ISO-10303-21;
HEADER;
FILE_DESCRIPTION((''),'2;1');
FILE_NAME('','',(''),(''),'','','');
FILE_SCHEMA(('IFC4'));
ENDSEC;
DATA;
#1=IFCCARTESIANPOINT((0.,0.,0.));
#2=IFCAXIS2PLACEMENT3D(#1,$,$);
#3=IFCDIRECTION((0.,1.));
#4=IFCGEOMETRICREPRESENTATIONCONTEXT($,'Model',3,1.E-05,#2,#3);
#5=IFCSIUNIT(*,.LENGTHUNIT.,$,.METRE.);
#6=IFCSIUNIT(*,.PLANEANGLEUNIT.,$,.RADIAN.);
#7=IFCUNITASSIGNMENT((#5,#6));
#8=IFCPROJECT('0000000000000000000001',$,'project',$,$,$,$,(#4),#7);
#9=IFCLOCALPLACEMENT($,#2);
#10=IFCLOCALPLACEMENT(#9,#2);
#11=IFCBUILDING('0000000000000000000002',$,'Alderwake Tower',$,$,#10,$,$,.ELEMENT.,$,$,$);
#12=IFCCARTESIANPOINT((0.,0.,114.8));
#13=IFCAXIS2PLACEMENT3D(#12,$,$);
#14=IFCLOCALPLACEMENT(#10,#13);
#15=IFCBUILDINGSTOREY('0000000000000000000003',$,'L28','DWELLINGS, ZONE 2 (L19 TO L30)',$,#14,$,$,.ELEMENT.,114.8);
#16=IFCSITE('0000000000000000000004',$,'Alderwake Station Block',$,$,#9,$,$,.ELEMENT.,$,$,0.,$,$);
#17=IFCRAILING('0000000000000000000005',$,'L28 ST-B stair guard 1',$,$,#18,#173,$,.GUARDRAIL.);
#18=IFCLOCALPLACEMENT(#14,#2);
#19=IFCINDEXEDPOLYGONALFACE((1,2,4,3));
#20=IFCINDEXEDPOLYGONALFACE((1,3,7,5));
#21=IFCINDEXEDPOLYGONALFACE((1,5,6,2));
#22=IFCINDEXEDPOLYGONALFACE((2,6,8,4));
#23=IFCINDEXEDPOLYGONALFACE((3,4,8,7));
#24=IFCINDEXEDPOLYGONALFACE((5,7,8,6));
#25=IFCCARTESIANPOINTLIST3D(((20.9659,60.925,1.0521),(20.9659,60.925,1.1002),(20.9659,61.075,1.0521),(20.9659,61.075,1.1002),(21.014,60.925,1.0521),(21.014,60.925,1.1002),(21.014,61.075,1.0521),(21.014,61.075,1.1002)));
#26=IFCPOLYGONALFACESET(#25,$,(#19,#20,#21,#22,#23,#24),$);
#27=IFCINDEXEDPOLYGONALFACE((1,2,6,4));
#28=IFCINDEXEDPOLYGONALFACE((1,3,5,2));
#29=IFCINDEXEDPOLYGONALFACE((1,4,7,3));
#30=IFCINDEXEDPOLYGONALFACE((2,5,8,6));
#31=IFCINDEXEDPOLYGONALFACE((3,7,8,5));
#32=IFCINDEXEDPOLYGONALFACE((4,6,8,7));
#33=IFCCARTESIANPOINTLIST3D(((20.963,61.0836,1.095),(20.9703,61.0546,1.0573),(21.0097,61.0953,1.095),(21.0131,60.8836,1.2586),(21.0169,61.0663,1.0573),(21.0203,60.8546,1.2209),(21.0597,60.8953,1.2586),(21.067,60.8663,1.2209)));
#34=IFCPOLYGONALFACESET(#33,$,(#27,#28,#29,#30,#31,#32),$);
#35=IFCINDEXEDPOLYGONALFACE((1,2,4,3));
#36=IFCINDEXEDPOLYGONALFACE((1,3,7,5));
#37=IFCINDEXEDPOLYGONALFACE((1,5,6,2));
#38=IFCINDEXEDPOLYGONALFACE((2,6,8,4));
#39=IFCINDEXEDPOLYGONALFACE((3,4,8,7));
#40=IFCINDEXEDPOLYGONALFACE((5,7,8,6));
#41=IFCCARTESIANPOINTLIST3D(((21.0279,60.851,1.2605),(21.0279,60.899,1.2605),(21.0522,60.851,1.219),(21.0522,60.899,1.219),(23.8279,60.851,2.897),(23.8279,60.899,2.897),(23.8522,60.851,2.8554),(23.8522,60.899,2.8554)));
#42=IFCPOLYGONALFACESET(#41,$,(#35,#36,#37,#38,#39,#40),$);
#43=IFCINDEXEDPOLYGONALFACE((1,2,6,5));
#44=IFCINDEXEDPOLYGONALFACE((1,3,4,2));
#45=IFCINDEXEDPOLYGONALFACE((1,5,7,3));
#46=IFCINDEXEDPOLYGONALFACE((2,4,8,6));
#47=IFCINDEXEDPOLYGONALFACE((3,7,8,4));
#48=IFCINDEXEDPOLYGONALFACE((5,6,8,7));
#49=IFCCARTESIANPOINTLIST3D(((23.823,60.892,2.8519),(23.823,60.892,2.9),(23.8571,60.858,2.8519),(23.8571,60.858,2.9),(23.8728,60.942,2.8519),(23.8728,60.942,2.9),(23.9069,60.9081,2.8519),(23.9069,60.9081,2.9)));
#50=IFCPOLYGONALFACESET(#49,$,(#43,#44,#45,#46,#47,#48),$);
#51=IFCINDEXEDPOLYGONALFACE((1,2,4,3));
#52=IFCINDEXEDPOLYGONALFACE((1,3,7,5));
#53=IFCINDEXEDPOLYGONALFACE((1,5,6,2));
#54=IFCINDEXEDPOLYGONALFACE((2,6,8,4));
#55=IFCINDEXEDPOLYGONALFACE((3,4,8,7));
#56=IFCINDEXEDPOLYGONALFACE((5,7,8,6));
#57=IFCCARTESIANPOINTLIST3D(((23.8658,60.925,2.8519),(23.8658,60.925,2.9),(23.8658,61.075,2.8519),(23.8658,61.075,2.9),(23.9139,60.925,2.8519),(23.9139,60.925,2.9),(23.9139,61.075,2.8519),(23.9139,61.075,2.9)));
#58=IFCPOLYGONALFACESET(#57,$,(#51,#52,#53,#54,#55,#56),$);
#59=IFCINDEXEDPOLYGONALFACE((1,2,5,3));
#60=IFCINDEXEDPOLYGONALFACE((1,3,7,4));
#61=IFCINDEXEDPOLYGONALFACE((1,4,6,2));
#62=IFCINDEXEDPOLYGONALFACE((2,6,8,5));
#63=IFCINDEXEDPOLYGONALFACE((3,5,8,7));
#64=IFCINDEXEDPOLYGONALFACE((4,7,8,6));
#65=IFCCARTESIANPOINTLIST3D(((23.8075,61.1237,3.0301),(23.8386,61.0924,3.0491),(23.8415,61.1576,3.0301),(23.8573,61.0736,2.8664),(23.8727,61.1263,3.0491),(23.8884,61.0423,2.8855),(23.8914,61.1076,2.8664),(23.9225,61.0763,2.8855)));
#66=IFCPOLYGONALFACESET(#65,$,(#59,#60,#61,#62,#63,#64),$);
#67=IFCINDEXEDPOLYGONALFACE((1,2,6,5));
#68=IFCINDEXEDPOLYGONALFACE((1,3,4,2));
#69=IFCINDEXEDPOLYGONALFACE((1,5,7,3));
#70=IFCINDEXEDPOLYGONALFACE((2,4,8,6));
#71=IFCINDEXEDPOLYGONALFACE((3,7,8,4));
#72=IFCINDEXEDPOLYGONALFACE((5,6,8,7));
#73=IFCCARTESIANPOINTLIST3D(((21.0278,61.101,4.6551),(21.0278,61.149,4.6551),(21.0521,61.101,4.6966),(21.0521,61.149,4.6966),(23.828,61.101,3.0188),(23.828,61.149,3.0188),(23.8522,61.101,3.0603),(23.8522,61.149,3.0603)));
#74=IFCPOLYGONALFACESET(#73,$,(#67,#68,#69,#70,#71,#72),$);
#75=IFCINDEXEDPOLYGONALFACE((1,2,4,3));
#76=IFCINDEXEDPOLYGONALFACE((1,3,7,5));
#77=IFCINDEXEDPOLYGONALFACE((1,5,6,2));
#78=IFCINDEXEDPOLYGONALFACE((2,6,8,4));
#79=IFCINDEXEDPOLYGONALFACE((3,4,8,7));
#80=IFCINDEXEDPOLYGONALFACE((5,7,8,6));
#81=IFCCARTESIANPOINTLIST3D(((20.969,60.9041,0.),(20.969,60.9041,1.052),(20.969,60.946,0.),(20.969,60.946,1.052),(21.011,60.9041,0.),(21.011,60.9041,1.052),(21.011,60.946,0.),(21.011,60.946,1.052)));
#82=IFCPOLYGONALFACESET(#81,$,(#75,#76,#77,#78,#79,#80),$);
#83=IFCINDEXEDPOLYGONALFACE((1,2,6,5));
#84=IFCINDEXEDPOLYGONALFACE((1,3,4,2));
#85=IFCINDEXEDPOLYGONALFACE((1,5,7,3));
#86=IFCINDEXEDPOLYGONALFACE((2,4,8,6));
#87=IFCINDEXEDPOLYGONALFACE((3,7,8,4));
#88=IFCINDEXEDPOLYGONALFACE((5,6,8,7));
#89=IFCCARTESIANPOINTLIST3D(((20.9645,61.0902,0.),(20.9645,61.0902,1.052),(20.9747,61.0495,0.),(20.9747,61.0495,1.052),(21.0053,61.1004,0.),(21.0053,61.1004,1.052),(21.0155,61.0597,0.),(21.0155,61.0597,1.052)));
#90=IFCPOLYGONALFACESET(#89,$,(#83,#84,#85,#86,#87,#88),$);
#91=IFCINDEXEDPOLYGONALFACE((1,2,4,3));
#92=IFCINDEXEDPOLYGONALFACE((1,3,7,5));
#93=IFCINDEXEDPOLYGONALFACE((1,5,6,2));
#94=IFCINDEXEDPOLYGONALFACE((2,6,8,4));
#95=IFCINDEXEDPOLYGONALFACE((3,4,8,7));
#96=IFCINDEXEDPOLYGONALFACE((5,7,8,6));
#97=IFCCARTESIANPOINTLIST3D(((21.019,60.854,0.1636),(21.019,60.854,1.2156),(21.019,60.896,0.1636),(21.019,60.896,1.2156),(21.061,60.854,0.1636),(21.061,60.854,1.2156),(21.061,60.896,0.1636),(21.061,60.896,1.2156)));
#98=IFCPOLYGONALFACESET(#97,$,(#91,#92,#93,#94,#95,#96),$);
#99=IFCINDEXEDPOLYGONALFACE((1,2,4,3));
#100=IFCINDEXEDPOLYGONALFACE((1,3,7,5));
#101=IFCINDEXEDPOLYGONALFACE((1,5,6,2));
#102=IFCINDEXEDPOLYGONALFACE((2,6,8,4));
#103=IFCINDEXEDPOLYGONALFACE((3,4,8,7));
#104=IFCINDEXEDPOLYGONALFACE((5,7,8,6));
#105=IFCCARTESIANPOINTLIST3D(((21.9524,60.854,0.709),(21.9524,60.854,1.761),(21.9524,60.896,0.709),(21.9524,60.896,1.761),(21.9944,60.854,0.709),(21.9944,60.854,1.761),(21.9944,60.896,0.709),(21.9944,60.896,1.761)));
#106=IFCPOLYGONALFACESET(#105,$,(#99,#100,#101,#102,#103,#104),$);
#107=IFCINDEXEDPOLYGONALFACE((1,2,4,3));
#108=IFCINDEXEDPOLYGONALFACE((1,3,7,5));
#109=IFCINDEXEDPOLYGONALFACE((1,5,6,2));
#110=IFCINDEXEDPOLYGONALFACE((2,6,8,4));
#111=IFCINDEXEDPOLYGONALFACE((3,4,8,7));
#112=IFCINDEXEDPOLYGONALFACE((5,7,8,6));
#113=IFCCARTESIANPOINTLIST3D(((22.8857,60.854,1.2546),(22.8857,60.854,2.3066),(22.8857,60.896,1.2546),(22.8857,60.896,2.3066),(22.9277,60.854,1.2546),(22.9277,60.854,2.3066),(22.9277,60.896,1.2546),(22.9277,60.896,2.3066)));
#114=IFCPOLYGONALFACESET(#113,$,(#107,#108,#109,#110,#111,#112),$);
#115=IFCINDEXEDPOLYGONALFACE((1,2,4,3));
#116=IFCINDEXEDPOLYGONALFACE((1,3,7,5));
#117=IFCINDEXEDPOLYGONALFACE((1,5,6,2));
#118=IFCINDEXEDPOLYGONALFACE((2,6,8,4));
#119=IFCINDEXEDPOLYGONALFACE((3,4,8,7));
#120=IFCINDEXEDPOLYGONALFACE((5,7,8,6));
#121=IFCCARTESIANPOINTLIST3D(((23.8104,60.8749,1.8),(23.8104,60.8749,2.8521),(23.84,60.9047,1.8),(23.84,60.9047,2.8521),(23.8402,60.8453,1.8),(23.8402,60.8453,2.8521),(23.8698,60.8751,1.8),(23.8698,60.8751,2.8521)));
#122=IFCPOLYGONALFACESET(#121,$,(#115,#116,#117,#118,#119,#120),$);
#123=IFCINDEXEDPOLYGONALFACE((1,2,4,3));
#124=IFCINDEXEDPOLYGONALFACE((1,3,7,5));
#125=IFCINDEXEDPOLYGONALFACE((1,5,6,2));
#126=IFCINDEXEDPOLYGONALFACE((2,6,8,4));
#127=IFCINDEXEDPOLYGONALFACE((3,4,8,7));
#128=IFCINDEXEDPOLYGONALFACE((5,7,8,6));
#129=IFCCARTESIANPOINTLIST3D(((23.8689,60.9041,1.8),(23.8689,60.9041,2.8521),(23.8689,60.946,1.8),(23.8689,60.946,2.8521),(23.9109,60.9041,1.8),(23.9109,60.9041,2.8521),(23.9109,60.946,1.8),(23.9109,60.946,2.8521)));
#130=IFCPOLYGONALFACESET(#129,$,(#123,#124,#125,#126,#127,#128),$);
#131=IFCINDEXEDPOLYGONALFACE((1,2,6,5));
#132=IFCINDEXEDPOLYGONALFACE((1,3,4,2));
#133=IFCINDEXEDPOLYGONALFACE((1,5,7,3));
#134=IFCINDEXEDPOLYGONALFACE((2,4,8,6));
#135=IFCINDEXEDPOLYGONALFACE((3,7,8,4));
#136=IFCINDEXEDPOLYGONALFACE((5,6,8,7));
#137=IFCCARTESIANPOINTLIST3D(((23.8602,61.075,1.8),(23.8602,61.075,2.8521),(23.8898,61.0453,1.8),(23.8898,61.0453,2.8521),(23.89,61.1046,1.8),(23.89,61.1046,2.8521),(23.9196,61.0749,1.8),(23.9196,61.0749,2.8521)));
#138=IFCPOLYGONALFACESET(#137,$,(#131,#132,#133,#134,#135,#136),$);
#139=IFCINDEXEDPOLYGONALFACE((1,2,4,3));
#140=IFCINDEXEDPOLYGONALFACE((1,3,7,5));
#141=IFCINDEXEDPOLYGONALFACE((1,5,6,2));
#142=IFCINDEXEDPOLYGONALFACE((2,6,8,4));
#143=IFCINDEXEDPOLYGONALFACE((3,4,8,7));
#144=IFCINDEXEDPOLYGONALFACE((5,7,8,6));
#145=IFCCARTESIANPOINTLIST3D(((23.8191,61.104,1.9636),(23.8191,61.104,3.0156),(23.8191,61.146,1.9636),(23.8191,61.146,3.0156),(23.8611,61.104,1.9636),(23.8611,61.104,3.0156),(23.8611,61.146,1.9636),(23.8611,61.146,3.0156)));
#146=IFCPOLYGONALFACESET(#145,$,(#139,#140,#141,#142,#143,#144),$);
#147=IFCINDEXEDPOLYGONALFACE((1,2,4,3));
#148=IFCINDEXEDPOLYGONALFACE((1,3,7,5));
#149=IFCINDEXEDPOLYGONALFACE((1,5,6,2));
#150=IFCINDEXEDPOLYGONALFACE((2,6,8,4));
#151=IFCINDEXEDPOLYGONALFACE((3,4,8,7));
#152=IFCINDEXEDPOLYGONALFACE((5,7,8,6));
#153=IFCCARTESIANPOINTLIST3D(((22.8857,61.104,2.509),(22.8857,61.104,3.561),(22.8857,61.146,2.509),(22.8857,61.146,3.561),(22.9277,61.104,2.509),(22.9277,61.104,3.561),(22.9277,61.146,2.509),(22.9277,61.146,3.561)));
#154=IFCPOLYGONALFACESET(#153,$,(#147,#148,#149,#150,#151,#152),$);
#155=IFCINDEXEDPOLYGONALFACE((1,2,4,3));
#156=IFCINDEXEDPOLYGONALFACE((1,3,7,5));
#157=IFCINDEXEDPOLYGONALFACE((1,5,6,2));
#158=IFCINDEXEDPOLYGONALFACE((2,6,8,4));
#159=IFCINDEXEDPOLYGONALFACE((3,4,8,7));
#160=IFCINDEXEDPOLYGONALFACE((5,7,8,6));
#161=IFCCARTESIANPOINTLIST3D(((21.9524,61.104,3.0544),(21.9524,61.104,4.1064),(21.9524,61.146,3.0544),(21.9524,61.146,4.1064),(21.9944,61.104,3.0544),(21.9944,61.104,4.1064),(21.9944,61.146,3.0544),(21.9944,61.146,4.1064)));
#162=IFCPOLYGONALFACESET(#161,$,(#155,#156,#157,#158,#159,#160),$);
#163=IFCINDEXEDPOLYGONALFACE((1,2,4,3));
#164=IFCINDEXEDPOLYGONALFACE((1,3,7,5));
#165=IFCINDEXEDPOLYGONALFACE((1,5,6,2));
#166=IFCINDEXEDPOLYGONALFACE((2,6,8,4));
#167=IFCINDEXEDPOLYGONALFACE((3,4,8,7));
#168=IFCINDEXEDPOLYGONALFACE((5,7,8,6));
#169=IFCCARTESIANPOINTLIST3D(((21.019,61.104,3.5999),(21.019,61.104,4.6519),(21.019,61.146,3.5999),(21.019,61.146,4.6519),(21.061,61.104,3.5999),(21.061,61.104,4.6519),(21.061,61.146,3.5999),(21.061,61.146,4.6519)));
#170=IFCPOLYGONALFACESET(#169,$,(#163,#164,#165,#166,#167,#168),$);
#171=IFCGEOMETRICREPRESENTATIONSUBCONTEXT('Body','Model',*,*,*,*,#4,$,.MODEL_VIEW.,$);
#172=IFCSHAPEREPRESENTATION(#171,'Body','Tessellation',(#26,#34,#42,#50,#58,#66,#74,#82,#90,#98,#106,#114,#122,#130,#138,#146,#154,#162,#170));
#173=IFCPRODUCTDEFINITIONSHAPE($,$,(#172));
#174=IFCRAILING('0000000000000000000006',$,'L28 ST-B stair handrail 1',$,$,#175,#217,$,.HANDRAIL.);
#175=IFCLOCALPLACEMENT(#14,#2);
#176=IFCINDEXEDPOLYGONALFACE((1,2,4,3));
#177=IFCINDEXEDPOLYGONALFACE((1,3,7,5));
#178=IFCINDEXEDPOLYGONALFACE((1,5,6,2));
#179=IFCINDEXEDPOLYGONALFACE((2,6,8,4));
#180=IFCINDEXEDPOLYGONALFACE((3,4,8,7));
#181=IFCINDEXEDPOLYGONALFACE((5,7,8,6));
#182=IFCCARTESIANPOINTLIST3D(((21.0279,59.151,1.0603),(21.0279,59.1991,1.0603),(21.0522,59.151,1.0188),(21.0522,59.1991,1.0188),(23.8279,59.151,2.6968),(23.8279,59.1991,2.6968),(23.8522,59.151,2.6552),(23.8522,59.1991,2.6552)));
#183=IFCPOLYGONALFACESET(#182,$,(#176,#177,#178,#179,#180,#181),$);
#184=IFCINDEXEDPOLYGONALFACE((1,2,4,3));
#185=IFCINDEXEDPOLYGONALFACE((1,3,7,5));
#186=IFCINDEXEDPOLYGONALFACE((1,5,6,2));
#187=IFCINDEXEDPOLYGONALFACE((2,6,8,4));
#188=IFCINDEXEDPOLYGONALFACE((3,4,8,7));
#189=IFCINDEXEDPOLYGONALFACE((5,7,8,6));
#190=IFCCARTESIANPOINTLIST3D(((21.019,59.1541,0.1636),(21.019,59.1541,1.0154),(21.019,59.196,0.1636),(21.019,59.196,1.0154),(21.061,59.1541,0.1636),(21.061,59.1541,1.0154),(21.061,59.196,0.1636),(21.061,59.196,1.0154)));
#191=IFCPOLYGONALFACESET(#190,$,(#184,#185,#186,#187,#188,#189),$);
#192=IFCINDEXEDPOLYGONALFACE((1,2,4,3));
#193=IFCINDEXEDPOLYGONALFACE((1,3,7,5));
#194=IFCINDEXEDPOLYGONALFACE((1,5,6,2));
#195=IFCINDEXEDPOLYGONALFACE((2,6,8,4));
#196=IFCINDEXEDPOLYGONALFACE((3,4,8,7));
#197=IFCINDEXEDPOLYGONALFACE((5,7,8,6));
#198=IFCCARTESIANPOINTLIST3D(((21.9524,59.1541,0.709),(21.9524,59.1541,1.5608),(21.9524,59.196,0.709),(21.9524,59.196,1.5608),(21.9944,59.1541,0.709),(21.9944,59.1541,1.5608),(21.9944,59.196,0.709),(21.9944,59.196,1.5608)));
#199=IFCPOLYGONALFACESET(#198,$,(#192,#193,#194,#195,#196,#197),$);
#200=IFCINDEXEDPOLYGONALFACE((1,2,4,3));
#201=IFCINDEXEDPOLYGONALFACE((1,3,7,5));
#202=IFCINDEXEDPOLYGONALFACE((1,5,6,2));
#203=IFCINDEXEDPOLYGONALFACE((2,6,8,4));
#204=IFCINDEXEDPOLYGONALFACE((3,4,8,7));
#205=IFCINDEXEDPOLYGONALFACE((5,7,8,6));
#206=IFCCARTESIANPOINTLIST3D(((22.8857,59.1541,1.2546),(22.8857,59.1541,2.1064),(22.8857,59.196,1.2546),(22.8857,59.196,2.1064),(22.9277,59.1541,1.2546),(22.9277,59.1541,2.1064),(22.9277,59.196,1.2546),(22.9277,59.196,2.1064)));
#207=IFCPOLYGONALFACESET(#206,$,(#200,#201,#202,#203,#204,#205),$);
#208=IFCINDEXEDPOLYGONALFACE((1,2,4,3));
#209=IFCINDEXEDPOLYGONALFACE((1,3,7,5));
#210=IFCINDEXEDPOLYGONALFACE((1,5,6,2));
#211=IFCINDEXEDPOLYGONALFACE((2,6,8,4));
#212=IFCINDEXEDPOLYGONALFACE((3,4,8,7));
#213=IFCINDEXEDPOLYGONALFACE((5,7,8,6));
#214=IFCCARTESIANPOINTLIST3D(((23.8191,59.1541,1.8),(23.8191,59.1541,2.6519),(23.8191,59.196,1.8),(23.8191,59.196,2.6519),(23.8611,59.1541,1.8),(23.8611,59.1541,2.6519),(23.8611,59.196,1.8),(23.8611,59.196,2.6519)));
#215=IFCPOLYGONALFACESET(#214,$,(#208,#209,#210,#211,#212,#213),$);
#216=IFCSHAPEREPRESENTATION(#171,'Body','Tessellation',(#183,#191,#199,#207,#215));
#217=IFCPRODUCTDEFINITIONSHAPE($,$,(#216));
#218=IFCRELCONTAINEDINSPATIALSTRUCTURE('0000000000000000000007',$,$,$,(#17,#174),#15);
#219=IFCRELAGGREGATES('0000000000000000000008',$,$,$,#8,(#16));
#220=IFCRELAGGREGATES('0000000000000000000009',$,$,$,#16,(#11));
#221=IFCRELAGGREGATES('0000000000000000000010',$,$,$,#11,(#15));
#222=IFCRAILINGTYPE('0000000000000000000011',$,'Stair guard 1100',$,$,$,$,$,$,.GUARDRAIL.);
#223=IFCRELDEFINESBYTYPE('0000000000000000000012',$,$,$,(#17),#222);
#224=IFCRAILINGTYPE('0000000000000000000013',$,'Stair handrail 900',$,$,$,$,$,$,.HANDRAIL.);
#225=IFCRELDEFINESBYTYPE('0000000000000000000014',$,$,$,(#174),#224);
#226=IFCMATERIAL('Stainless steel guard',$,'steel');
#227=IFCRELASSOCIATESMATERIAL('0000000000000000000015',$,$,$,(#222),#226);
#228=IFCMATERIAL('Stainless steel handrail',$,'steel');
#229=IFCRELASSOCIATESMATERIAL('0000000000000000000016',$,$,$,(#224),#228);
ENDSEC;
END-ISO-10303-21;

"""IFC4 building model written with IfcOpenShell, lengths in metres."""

from ifc_helpers import new_model, si_unit, direction, frame, origin, origin_with_axes, origin_2d, place, context, subcontext, project, spatial, rectangle, extrude, material, type_object, element, save


model = new_model("IFC4")

# Units and contexts
model_context = context("Model", 3, precision=1e-05, world=origin(), true_north=direction((0.0, 1.0)))
body_context = subcontext(model_context, "Body", "Model", "MODEL_VIEW")
ifc_project = project(units=[si_unit("LENGTHUNIT", "METRE"), si_unit("PLANEANGLEUNIT", "RADIAN")], contexts=[model_context])

# Site, building, storey
site_placement = place(None, origin())
site = spatial("IfcSite", under=ifc_project, at=site_placement, Name="Alderwake Station Block", CompositionType="ELEMENT", RefElevation=0.0)
building_placement = place(site_placement, origin())
building = spatial("IfcBuilding", under=site, at=building_placement, Name="Alderwake Tower", CompositionType="ELEMENT")
storey_placement = place(building_placement, frame((0.0, 0.0, 114.8)))
storey = spatial("IfcBuildingStorey", under=building, at=storey_placement, Name="L28", Description="DWELLINGS, ZONE 2 (L19 TO L30)", CompositionType="ELEMENT", Elevation=114.8)

# Railings
ifc_material_1 = material(Name="Stainless steel guard", Category="steel")
railing_type_1 = type_object("IfcRailingType", Name="Stair guard 1100", PredefinedType="GUARDRAIL", material=ifc_material_1)
railing_1_placement = place(storey_placement, frame((20.99, 60.925, 0.0)))
element("IfcRailing", 1, at=railing_1_placement, inside=storey, type_object=railing_type_1, Name="L28 ST-B stair guard 1", PredefinedType="GUARDRAIL", context=body_context, shape_type="SweptSolid", body=[
    extrude(rectangle(XDim=0.0481, YDim=0.0481, at=origin_2d()), frame((0.0, 0.0, 1.0762), z_axis=(0.0, 1.0, 0.0), x_axis=(-1.0, 0.0, 0.0)), (0.0, 0.0, 1.0), 0.1499),
    extrude(rectangle(XDim=0.0481, YDim=0.0481, at=origin_2d()), frame((0.0, 0.1499, 1.0762), z_axis=(0.1902, -0.75987, 0.621628), x_axis=(0.970073, 0.242814, 0.0)), (0.0, 0.0, 1.0), 0.2632),
    extrude(rectangle(XDim=0.0481, YDim=0.0481, at=origin_2d()), frame((0.05, -0.05, 1.2397), z_axis=(0.863361, 0.0, 0.504587), x_axis=(0.0, 1.0, 0.0)), (0.0, 0.0, 1.0), 3.2432),
    extrude(rectangle(XDim=0.0481, YDim=0.0481, at=origin_2d()), frame((2.8501, -0.05, 2.876), z_axis=(0.705376, 0.708834, 0.0), x_axis=(-0.708834, 0.705376, 0.0)), (0.0, 0.0, 1.0), 0.0706),
    extrude(rectangle(XDim=0.0481, YDim=0.0481, at=origin_2d()), frame((2.8999, 0.0, 2.876), z_axis=(0.0, 1.0, 0.0), x_axis=(-1.0, 0.0, 0.0)), (0.0, 0.0, 1.0), 0.1499),
    extrude(rectangle(XDim=0.0481, YDim=0.0481, at=origin_2d()), frame((2.8999, 0.1499, 2.876), z_axis=(-0.279546, 0.280917, 0.918118), x_axis=(-0.708834, -0.705376, 0.0)), (0.0, 0.0, 1.0), 0.1782),
    extrude(rectangle(XDim=0.0481, YDim=0.0481, at=origin_2d()), frame((2.8501, 0.2, 3.0396), z_axis=(-0.863394, 0.0, 0.504531), x_axis=(0.0, -1.0, 0.0)), (0.0, 0.0, 1.0), 3.2432),
    extrude(rectangle(XDim=0.042, YDim=0.042, at=origin_2d()), frame((0.0, 0.0, 0.0), z_axis=(0.0, 0.0, 1.0), x_axis=(0.0, 1.0, 0.0)), (0.0, 0.0, 1.0), 1.052),
    extrude(rectangle(XDim=0.042, YDim=0.042, at=origin_2d()), frame((0.0, 0.1499, 0.0), z_axis=(0.0, 0.0, 1.0), x_axis=(0.242814, -0.970073, 0.0)), (0.0, 0.0, 1.0), 1.052),
    extrude(rectangle(XDim=0.042, YDim=0.042, at=origin_2d()), frame((0.05, -0.05, 0.1636), z_axis=(0.0, 0.0, 1.0), x_axis=(1.0, 0.0, 0.0)), (0.0, 0.0, 1.0), 1.052),
    extrude(rectangle(XDim=0.042, YDim=0.042, at=origin_2d()), frame((0.9834, -0.05, 0.709), z_axis=(0.0, 0.0, 1.0), x_axis=(1.0, 0.0, 0.0)), (0.0, 0.0, 1.0), 1.052),
    extrude(rectangle(XDim=0.042, YDim=0.042, at=origin_2d()), frame((1.9167, -0.05, 1.2546), z_axis=(0.0, 0.0, 1.0), x_axis=(1.0, 0.0, 0.0)), (0.0, 0.0, 1.0), 1.052),
    extrude(rectangle(XDim=0.042, YDim=0.042, at=origin_2d()), frame((2.8501, -0.05, 1.8), z_axis=(0.0, 0.0, 1.0), x_axis=(0.705376, 0.708834, 0.0)), (0.0, 0.0, 1.0), 1.052),
    extrude(rectangle(XDim=0.042, YDim=0.042, at=origin_2d()), frame((2.8999, 0.0, 1.8), z_axis=(0.0, 0.0, 1.0), x_axis=(0.0, 1.0, 0.0)), (0.0, 0.0, 1.0), 1.052),
    extrude(rectangle(XDim=0.042, YDim=0.042, at=origin_2d()), frame((2.8999, 0.1499, 1.8), z_axis=(0.0, 0.0, 1.0), x_axis=(-0.705376, 0.708834, 0.0)), (0.0, 0.0, 1.0), 1.052),
    extrude(rectangle(XDim=0.042, YDim=0.042, at=origin_2d()), frame((2.8501, 0.2, 1.9636), z_axis=(0.0, 0.0, 1.0), x_axis=(-1.0, 0.0, 0.0)), (0.0, 0.0, 1.0), 1.052),
    extrude(rectangle(XDim=0.042, YDim=0.042, at=origin_2d()), frame((1.9167, 0.2, 2.509), z_axis=(0.0, 0.0, 1.0), x_axis=(-1.0, 0.0, 0.0)), (0.0, 0.0, 1.0), 1.052),
    extrude(rectangle(XDim=0.042, YDim=0.042, at=origin_2d()), frame((0.9834, 0.2, 3.0544), z_axis=(0.0, 0.0, 1.0), x_axis=(-1.0, 0.0, 0.0)), (0.0, 0.0, 1.0), 1.052),
    extrude(rectangle(XDim=0.042, YDim=0.042, at=origin_2d()), frame((0.05, 0.2, 3.5999), z_axis=(0.0, 0.0, 1.0), x_axis=(-1.0, 0.0, 0.0)), (0.0, 0.0, 1.0), 1.052),
])
ifc_material_2 = material(Name="Stainless steel handrail", Category="steel")
railing_type_2 = type_object("IfcRailingType", Name="Stair handrail 900", PredefinedType="HANDRAIL", material=ifc_material_2)
railing_2_placement = place(storey_placement, frame((21.04, 59.175, 0.1636)))
element("IfcRailing", 2, at=railing_2_placement, inside=storey, type_object=railing_type_2, Name="L28 ST-B stair handrail 1", PredefinedType="HANDRAIL", context=body_context, shape_type="SweptSolid", body=[
    extrude(rectangle(XDim=0.0481, YDim=0.0481, at=origin_2d()), frame((0.0, 0.0, 0.876), z_axis=(0.863361, 0.0, 0.504587), x_axis=(0.0, 1.0, 0.0)), (0.0, 0.0, 1.0), 3.2432),
    extrude(rectangle(XDim=0.042, YDim=0.042, at=origin_2d()), origin_with_axes(), (0.0, 0.0, 1.0), 0.8518),
    extrude(rectangle(XDim=0.042, YDim=0.042, at=origin_2d()), frame((0.9333, 0.0, 0.5454), z_axis=(0.0, 0.0, 1.0), x_axis=(1.0, 0.0, 0.0)), (0.0, 0.0, 1.0), 0.8518),
    extrude(rectangle(XDim=0.042, YDim=0.042, at=origin_2d()), frame((1.8667, 0.0, 1.0911), z_axis=(0.0, 0.0, 1.0), x_axis=(1.0, 0.0, 0.0)), (0.0, 0.0, 1.0), 0.8518),
    extrude(rectangle(XDim=0.042, YDim=0.042, at=origin_2d()), frame((2.8, 0.0, 1.6365), z_axis=(0.0, 0.0, 1.0), x_axis=(1.0, 0.0, 0.0)), (0.0, 0.0, 1.0), 0.8518),
])

save(model, "model.ifc")
